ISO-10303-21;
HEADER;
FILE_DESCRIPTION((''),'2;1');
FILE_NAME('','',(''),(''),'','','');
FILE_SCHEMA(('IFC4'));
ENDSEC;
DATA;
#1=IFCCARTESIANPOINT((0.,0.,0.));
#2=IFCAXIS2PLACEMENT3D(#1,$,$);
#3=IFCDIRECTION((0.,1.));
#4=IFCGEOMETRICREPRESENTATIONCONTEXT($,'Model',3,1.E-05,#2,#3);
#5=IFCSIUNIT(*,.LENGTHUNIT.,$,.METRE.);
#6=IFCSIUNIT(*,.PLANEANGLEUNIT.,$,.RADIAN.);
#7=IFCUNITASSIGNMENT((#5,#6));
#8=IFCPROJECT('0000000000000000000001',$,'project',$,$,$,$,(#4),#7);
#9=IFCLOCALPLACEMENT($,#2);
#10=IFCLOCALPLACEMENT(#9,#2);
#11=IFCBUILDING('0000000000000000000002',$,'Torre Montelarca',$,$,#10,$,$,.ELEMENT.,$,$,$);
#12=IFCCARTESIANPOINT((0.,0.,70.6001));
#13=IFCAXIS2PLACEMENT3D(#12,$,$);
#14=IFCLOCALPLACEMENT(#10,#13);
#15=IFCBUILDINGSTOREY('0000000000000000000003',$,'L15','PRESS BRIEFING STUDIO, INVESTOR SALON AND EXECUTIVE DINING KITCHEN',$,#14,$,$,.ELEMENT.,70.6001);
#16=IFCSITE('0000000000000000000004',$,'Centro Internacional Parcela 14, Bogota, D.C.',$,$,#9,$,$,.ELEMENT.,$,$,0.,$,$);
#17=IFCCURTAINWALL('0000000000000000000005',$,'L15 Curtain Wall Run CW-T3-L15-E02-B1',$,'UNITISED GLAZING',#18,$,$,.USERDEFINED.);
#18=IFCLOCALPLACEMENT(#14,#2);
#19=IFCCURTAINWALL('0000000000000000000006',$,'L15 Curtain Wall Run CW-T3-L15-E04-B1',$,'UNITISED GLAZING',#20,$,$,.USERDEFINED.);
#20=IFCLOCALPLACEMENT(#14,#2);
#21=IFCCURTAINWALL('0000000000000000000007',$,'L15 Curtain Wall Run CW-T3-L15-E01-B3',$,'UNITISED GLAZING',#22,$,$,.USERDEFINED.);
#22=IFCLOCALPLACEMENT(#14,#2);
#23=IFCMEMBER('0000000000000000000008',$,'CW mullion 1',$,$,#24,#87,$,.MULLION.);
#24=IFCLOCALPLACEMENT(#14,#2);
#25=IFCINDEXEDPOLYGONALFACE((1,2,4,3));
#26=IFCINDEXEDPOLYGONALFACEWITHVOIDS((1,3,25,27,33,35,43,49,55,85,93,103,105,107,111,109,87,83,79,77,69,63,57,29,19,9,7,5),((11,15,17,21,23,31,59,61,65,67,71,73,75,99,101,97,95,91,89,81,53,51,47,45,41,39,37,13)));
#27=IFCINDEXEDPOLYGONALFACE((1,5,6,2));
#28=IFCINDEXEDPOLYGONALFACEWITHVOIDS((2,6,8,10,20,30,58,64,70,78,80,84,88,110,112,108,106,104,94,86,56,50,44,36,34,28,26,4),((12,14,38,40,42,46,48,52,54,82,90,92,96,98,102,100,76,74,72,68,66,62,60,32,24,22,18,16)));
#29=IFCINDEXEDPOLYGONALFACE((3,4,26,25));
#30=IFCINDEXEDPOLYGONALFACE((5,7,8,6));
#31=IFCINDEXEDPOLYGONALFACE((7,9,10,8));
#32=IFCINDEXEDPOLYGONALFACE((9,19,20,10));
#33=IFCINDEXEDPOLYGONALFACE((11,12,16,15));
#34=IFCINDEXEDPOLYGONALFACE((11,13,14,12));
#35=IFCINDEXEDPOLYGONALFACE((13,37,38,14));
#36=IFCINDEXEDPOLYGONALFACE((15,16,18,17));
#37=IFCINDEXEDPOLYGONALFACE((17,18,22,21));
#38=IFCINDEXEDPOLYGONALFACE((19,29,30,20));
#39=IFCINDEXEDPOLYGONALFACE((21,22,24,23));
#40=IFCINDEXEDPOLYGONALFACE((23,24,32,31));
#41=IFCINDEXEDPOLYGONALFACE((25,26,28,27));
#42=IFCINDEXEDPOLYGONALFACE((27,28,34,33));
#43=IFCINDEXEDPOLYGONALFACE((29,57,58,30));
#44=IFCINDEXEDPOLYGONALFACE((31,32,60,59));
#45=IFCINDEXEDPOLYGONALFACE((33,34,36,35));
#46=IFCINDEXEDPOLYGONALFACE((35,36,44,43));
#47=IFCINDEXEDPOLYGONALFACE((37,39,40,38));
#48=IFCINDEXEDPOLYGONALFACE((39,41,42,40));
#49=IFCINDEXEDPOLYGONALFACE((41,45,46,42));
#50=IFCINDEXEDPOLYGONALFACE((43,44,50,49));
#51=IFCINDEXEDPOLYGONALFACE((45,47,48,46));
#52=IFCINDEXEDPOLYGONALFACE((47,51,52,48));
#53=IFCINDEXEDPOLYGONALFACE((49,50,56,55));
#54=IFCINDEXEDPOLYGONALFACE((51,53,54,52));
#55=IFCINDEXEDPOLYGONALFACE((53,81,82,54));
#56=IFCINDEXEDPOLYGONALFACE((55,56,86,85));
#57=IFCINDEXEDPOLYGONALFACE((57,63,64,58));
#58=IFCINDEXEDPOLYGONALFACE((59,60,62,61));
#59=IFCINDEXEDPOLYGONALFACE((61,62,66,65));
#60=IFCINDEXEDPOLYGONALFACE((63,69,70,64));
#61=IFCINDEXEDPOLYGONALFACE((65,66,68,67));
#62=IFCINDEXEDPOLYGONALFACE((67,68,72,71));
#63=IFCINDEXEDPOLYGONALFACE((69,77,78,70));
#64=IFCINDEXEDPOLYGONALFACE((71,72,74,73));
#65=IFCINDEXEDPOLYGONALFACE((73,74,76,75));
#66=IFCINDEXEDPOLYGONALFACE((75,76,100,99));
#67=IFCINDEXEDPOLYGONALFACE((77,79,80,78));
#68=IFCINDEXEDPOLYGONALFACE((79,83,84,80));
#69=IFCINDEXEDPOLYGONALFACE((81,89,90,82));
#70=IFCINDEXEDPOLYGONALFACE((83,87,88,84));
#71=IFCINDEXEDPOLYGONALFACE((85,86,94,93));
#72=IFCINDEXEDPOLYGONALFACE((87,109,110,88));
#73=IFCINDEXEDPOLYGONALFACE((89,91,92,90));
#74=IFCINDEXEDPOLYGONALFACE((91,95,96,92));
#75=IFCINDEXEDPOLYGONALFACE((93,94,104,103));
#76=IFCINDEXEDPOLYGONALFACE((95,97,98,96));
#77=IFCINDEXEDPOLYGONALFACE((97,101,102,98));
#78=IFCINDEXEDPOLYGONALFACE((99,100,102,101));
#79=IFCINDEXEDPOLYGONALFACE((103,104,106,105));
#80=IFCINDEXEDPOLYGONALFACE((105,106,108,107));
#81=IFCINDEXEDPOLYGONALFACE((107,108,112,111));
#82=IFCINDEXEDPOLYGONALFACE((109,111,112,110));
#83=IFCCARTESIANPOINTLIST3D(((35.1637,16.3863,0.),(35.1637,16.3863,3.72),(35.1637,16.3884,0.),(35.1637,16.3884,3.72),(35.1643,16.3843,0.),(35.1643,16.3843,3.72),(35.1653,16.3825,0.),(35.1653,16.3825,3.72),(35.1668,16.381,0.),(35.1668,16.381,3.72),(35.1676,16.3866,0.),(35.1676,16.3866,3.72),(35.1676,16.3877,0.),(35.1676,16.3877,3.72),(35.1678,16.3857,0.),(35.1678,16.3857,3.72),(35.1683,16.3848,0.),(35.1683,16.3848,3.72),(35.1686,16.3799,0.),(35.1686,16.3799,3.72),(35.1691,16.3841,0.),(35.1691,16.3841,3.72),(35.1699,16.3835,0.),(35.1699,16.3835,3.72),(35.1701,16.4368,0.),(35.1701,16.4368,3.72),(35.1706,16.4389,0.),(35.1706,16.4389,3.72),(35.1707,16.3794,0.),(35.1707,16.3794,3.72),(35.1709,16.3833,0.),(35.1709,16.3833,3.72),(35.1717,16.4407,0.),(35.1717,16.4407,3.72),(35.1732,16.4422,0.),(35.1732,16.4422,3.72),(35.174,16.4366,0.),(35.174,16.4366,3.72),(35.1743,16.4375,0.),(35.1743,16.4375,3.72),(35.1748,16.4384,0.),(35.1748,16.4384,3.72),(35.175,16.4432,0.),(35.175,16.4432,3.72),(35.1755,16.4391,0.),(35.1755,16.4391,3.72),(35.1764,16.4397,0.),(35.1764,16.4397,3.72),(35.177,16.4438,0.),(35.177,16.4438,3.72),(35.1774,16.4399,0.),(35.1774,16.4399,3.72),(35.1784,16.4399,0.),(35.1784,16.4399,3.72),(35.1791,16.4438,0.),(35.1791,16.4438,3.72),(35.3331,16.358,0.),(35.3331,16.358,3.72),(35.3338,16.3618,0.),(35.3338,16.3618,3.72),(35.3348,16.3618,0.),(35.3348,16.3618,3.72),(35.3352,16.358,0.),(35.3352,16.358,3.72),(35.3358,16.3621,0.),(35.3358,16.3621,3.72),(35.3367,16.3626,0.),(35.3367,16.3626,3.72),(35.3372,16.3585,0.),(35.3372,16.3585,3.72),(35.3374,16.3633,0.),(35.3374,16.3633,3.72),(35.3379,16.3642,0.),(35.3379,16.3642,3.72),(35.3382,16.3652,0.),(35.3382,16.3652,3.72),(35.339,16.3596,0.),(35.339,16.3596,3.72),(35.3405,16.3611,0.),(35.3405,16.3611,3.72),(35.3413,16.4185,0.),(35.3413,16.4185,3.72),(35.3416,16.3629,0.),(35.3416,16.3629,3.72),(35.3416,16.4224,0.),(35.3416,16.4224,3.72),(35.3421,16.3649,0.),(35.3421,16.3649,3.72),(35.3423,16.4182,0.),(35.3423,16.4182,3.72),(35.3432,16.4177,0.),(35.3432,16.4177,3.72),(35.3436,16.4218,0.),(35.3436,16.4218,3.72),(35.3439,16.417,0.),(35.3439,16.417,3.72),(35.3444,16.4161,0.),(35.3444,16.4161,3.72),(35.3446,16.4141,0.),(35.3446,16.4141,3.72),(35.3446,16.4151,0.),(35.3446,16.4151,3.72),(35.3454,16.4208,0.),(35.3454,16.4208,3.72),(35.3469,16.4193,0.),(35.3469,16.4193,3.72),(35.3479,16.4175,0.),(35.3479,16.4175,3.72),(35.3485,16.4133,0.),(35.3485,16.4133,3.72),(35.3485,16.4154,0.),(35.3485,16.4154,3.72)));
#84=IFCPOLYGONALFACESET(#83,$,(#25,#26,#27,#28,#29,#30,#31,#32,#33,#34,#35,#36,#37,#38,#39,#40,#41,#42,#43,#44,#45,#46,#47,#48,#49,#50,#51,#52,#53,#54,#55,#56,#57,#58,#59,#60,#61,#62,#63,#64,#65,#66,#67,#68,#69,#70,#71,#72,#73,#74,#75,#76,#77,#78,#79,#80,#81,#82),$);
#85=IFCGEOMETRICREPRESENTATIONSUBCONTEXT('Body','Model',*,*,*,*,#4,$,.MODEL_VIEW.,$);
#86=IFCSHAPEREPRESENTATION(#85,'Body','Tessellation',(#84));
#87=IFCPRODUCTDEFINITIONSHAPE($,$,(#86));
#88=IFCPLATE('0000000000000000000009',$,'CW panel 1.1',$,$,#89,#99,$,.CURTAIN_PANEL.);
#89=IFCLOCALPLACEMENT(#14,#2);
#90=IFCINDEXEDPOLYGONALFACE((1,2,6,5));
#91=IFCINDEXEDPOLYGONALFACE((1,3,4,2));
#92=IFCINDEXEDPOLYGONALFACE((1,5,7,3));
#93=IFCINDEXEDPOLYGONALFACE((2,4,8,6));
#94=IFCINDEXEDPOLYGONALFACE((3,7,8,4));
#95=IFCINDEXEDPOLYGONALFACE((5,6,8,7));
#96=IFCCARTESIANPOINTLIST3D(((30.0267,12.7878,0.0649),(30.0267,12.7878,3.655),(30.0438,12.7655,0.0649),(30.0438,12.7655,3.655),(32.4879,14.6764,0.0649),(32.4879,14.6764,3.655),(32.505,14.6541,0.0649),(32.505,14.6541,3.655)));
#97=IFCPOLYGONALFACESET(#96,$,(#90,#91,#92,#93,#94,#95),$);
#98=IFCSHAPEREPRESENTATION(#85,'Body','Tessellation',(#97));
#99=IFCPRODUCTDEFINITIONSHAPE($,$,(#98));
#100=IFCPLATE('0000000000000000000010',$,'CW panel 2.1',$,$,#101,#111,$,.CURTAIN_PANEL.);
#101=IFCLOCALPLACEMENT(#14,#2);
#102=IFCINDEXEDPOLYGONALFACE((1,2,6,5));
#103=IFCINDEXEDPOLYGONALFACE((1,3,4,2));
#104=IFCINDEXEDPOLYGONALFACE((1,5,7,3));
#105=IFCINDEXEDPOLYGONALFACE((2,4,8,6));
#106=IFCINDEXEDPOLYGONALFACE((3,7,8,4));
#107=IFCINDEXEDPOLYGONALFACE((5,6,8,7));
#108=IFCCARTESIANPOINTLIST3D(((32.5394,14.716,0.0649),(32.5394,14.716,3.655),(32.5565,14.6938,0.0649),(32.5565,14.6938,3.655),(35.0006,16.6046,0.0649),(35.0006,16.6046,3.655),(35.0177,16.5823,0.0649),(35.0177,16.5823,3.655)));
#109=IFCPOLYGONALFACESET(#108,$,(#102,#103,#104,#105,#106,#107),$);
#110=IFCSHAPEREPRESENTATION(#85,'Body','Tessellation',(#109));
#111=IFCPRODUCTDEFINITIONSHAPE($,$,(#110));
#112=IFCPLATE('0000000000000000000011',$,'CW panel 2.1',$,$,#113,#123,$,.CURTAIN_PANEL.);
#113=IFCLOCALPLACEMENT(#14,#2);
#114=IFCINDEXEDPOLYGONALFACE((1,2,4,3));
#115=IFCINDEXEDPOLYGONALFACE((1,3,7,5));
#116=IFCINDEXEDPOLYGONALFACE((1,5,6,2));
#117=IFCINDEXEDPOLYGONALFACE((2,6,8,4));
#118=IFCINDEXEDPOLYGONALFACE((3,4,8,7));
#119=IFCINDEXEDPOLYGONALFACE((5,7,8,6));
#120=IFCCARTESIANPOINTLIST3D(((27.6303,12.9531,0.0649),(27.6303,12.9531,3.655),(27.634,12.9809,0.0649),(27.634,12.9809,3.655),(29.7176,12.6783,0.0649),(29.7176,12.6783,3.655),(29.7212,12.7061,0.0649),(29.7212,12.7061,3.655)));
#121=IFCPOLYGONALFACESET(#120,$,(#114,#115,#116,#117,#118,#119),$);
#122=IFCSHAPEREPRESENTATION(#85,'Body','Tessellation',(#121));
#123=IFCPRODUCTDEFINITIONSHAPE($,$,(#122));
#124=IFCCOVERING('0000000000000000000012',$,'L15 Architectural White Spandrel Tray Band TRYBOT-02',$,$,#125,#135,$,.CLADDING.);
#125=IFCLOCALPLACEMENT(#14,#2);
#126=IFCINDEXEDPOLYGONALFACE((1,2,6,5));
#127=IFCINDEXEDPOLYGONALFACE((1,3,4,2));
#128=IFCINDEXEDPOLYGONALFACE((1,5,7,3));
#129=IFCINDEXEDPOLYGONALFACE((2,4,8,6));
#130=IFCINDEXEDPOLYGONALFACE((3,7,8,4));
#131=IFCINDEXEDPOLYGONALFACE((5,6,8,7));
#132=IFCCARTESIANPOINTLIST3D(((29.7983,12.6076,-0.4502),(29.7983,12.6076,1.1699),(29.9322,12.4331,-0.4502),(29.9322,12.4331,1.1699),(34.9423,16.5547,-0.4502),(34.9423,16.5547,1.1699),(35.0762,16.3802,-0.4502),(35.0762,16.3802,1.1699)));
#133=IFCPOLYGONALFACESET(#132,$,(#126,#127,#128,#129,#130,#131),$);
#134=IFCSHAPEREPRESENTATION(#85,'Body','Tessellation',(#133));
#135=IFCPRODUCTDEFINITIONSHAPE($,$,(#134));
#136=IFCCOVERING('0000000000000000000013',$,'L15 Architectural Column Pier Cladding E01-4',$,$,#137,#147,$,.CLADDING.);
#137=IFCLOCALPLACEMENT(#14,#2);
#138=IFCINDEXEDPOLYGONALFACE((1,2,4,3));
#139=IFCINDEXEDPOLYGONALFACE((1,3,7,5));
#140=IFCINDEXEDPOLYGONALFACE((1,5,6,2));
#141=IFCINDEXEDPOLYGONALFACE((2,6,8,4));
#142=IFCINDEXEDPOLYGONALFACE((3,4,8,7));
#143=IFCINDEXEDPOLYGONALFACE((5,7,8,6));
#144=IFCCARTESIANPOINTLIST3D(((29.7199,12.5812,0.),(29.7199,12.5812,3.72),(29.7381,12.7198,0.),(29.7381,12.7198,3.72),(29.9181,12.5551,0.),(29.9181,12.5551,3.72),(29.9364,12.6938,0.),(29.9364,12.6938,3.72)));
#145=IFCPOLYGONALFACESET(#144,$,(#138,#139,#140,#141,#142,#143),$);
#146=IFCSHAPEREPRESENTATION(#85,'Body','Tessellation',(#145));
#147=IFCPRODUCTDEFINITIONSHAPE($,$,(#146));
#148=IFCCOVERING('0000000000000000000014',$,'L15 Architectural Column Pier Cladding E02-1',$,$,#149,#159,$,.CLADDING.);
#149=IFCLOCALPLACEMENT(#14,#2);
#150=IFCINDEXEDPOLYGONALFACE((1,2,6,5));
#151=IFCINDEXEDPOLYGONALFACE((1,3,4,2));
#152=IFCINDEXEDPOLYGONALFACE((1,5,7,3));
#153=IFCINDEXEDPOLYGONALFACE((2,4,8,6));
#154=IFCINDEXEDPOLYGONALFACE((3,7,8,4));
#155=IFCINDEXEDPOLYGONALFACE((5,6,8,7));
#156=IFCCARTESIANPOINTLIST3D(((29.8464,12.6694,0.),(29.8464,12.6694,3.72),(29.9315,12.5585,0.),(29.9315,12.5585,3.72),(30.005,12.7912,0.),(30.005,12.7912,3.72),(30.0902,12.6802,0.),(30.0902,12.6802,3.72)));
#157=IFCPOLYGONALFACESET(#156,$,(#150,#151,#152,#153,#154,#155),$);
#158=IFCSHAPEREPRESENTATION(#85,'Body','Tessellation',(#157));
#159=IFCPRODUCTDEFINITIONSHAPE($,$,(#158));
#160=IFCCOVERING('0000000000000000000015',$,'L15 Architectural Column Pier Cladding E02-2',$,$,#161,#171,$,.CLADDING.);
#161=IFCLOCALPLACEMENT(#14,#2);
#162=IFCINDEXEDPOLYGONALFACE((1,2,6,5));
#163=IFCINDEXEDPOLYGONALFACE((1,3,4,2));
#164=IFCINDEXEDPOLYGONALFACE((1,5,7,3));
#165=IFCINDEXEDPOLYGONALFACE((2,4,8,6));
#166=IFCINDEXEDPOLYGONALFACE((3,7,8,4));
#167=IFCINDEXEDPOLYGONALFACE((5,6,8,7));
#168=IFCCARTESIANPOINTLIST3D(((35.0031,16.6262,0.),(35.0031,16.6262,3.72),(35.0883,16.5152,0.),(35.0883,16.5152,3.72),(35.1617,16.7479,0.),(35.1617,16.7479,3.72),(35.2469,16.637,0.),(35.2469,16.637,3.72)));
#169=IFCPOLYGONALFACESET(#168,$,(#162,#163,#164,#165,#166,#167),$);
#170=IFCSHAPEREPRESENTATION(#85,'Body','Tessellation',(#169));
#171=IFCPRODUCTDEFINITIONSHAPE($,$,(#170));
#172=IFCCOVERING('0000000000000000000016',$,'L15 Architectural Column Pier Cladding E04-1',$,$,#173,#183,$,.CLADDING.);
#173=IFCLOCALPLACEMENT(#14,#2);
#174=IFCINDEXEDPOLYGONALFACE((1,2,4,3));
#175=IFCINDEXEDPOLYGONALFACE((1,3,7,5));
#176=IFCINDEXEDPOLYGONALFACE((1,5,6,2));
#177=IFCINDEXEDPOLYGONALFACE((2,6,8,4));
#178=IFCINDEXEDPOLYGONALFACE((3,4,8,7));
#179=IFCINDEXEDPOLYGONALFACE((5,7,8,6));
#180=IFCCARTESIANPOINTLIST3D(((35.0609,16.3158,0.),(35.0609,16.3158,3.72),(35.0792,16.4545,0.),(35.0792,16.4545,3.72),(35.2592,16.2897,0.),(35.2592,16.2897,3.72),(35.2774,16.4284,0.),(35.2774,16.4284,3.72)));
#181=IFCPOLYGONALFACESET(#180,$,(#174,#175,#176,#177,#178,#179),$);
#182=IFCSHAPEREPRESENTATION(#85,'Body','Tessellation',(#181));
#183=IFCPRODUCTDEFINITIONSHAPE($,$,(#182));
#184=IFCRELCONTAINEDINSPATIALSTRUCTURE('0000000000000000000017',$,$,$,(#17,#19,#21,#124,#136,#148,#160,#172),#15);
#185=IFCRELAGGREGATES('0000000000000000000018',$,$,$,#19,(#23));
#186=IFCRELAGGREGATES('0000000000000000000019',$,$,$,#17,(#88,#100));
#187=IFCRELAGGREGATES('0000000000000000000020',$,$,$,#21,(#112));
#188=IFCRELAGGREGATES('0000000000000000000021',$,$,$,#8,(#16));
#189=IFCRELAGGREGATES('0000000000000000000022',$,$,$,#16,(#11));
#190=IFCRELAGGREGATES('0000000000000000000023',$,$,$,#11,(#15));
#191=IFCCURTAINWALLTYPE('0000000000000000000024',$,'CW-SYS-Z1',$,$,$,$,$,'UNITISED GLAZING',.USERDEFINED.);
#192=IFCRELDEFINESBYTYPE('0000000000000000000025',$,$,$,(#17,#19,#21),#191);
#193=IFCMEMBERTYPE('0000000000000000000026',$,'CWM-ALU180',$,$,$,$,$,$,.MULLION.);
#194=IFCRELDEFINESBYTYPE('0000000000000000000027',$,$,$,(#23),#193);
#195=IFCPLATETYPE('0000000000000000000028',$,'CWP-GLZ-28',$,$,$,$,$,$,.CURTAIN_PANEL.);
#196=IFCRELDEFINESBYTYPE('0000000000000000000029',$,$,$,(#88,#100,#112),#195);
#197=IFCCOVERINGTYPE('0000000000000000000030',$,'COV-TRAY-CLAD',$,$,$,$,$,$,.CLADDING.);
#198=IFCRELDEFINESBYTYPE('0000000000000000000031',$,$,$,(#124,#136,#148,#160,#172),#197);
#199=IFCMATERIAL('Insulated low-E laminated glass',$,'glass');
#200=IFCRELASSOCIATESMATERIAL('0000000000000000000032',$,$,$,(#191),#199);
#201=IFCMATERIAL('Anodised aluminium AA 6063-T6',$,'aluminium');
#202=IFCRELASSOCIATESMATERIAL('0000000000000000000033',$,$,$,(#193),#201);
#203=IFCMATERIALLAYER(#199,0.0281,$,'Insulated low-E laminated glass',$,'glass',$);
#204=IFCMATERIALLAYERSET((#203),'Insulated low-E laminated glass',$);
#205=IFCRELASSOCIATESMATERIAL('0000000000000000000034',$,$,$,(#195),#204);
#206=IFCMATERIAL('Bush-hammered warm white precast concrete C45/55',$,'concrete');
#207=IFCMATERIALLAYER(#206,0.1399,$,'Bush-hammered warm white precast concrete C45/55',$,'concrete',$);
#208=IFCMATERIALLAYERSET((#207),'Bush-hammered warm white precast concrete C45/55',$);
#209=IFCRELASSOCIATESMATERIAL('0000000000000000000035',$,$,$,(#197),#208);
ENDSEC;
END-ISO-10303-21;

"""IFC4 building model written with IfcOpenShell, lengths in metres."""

from ifc_helpers import new_model, si_unit, direction, frame, origin, origin_2d, place, context, subcontext, project, spatial, rectangle, hollow_rectangle, extrude, source, transform, mapped, material, layer, layer_set, material_profile, profile_set, type_object, element, aggregate, save


model = new_model("IFC4")

# Units and contexts
model_context = context("Model", 3, precision=1e-05, world=origin(), true_north=direction((0.0, 1.0)))
body_context = subcontext(model_context, "Body", "Model", "MODEL_VIEW")
ifc_project = project(units=[si_unit("LENGTHUNIT", "METRE"), si_unit("PLANEANGLEUNIT", "RADIAN")], contexts=[model_context])

# Site, building, storey
site_placement = place(None, origin())
site = spatial("IfcSite", under=ifc_project, at=site_placement, Name="Centro Internacional Parcela 14, Bogota, D.C.", CompositionType="ELEMENT", RefElevation=0.0)
building_placement = place(site_placement, origin())
building = spatial("IfcBuilding", under=site, at=building_placement, Name="Torre Montelarca", CompositionType="ELEMENT")
storey_placement = place(building_placement, frame((0.0, 0.0, 70.6001)))
storey = spatial("IfcBuildingStorey", under=building, at=storey_placement, Name="L15", Description="PRESS BRIEFING STUDIO, INVESTOR SALON AND EXECUTIVE DINING KITCHEN", CompositionType="ELEMENT", Elevation=70.6001)

# Curtain walls
ifc_material_1 = material(Name="Insulated low-E laminated glass", Category="glass")
curtain_wall_type = type_object("IfcCurtainWallType", Name="CW-SYS-Z1", ElementType="UNITISED GLAZING", PredefinedType="USERDEFINED", material=ifc_material_1)
curtain_wall_1_placement = place(storey_placement, origin())
curtain_wall_1 = element("IfcCurtainWall", 1, at=curtain_wall_1_placement, inside=storey, type_object=curtain_wall_type, Name="L15 Curtain Wall Run CW-T3-L15-E02-B1", ObjectType="UNITISED GLAZING", PredefinedType="USERDEFINED")
ifc_material_2 = material(Name="Anodised aluminium AA 6063-T6", Category="aluminium")
curtain_wall_2_placement = place(storey_placement, origin())
curtain_wall_2 = element("IfcCurtainWall", 2, at=curtain_wall_2_placement, inside=storey, type_object=curtain_wall_type, Name="L15 Curtain Wall Run CW-T3-L15-E04-B1", ObjectType="UNITISED GLAZING", PredefinedType="USERDEFINED")

# Curtain wall
curtain_wall_3_placement = place(storey_placement, origin())
curtain_wall_3 = element("IfcCurtainWall", 3, at=curtain_wall_3_placement, inside=storey, type_object=curtain_wall_type, Name="L15 Curtain Wall Run CW-T3-L15-E01-B3", ObjectType="UNITISED GLAZING", PredefinedType="USERDEFINED")
ifc_material_profile_1 = material_profile(ifc_material_2, hollow_rectangle(XDim=0.0649, YDim=0.1799, WallThickness=0.0039, InnerFilletRadius=0.0039, OuterFilletRadius=0.0081, at=origin_2d()), Name="ALU65X180X4", Category="aluminium")
ifc_profile_set_1 = profile_set([ifc_material_profile_1], Name="Anodised aluminium AA 6063-T6")
member_type_1 = type_object("IfcMemberType", Name="CWM-ALU180", PredefinedType="MULLION", material=ifc_profile_set_1)
shared_shape_1 = source(origin(), body_context, "Body", "SweptSolid", [
    extrude(hollow_rectangle(XDim=0.0649, YDim=0.1799, WallThickness=0.0039, InnerFilletRadius=0.0039, OuterFilletRadius=0.0081, at=origin_2d()), origin(), (0.0, 0.0, 1.0), 3.72),
])

# Member
member_1_placement = place(storey_placement, frame((35.2561, 16.4009, 0.0), z_axis=(0.0, 0.0, 1.0), x_axis=(0.130521, 0.991446, 0.0)))
member_1 = element("IfcMember", 4, at=member_1_placement, type_object=member_type_1, Name="CW mullion 1", PredefinedType="MULLION", context=body_context, shape_type="MappedRepresentation", body=[
    mapped(shared_shape_1, transform((0.0, 0.0, 0.0), scale=1.0)),
])
aggregate(curtain_wall_2, [member_1])

# Plates
ifc_layer_1 = layer(ifc_material_1, 0.0281, Name="Insulated low-E laminated glass", Category="glass")
ifc_layer_set_1 = layer_set([ifc_layer_1], Name="Insulated low-E laminated glass")
plate_type = type_object("IfcPlateType", Name="CWP-GLZ-28", PredefinedType="CURTAIN_PANEL", material=ifc_layer_set_1)
shared_shape_2 = source(origin(), body_context, "Body", "SweptSolid", [
    extrude(rectangle(XDim=3.1023, YDim=0.0281, at=origin_2d()), origin(), (0.0, 0.0, 1.0), 3.5901),
])
plate_1_placement = place(storey_placement, frame((31.2659, 13.7209, 0.0649), z_axis=(0.0, 0.0, 1.0), x_axis=(0.793357, 0.608757, 0.0)))
plate_1 = element("IfcPlate", 5, at=plate_1_placement, type_object=plate_type, Name="CW panel 1.1", PredefinedType="CURTAIN_PANEL", context=body_context, shape_type="MappedRepresentation", body=[
    mapped(shared_shape_2, transform((0.0, 0.0, 0.0), scale=1.0)),
])
plate_2_placement = place(storey_placement, frame((33.7786, 15.6492, 0.0649), z_axis=(0.0, 0.0, 1.0), x_axis=(0.793357, 0.608757, 0.0)))
plate_2 = element("IfcPlate", 6, at=plate_2_placement, type_object=plate_type, Name="CW panel 2.1", PredefinedType="CURTAIN_PANEL", context=body_context, shape_type="MappedRepresentation", body=[
    mapped(shared_shape_2, transform((0.0, 0.0, 0.0), scale=1.0)),
])
aggregate(curtain_wall_1, [plate_1, plate_2])
shared_shape_3 = source(origin(), body_context, "Body", "SweptSolid", [
    extrude(rectangle(XDim=2.1052, YDim=0.0281, at=origin_2d()), origin(), (0.0, 0.0, 1.0), 3.5901),
])
plate_3_placement = place(storey_placement, frame((28.6758, 12.8296, 0.0649), z_axis=(0.0, 0.0, 1.0), x_axis=(0.991447, -0.130513, 0.0)))
plate_3 = element("IfcPlate", 7, at=plate_3_placement, type_object=plate_type, Name="CW panel 2.1", PredefinedType="CURTAIN_PANEL", context=body_context, shape_type="MappedRepresentation", body=[
    mapped(shared_shape_3, transform((0.0, 0.0, 0.0), scale=1.0)),
])
aggregate(curtain_wall_3, [plate_3])

# Coverings
ifc_material_3 = material(Name="Bush-hammered warm white precast concrete C45/55", Category="concrete")
ifc_layer_2 = layer(ifc_material_3, 0.1399, Name="Bush-hammered warm white precast concrete C45/55", Category="concrete")
ifc_layer_set_2 = layer_set([ifc_layer_2], Name="Bush-hammered warm white precast concrete C45/55")
covering_type = type_object("IfcCoveringType", Name="COV-TRAY-CLAD", PredefinedType="CLADDING", material=ifc_layer_set_2)
shared_shape_4 = source(origin(), body_context, "Body", "SweptSolid", [
    extrude(rectangle(XDim=6.4839, YDim=0.22, at=origin_2d()), origin(), (0.0, 0.0, 1.0), 1.6201),
])
covering_placement = place(storey_placement, frame((32.4373, 14.4939, -0.4502), z_axis=(0.0, 0.0, 1.0), x_axis=(0.793352, 0.608763, 0.0)))
element("IfcCovering", 8, at=covering_placement, inside=storey, type_object=covering_type, Name="L15 Architectural White Spandrel Tray Band TRYBOT-02", PredefinedType="CLADDING", context=body_context, shape_type="MappedRepresentation", body=[
    mapped(shared_shape_4, transform((0.0, 0.0, 0.0), scale=1.0)),
])
shared_shape_5 = source(origin(), body_context, "Body", "SweptSolid", [
    extrude(rectangle(XDim=0.2, YDim=0.1399, at=origin_2d()), origin(), (0.0, 0.0, 1.0), 3.72),
])
for number, where, z_axis, x_axis, name in (
    (9, (29.8281, 12.6375, 0.0), (0.0, 0.0, 1.0), (0.991445, -0.130523, 0.0), "L15 Architectural Column Pier Cladding E01-4"),
    (10, (29.9683, 12.6748, 0.0), (0.0, 0.0, 1.0), (0.793349, 0.608767, 0.0), "L15 Architectural Column Pier Cladding E02-1"),
    (11, (35.125, 16.6316, 0.0), (0.0, 0.0, 1.0), (0.793349, 0.608767, 0.0), "L15 Architectural Column Pier Cladding E02-2"),
    (12, (35.1692, 16.3721, 0.0), (0.0, 0.0, 1.0), (0.991445, -0.130526, 0.0), "L15 Architectural Column Pier Cladding E04-1"),
):
    element("IfcCovering", number, at=place(storey_placement, frame(where, z_axis=z_axis, x_axis=x_axis)), inside=storey, type_object=covering_type, Name=name, PredefinedType="CLADDING", context=body_context, shape_type="MappedRepresentation", body=[
        mapped(shared_shape_5, transform((0.0, 0.0, 0.0), scale=1.0)),
    ])

save(model, "model.ifc")
